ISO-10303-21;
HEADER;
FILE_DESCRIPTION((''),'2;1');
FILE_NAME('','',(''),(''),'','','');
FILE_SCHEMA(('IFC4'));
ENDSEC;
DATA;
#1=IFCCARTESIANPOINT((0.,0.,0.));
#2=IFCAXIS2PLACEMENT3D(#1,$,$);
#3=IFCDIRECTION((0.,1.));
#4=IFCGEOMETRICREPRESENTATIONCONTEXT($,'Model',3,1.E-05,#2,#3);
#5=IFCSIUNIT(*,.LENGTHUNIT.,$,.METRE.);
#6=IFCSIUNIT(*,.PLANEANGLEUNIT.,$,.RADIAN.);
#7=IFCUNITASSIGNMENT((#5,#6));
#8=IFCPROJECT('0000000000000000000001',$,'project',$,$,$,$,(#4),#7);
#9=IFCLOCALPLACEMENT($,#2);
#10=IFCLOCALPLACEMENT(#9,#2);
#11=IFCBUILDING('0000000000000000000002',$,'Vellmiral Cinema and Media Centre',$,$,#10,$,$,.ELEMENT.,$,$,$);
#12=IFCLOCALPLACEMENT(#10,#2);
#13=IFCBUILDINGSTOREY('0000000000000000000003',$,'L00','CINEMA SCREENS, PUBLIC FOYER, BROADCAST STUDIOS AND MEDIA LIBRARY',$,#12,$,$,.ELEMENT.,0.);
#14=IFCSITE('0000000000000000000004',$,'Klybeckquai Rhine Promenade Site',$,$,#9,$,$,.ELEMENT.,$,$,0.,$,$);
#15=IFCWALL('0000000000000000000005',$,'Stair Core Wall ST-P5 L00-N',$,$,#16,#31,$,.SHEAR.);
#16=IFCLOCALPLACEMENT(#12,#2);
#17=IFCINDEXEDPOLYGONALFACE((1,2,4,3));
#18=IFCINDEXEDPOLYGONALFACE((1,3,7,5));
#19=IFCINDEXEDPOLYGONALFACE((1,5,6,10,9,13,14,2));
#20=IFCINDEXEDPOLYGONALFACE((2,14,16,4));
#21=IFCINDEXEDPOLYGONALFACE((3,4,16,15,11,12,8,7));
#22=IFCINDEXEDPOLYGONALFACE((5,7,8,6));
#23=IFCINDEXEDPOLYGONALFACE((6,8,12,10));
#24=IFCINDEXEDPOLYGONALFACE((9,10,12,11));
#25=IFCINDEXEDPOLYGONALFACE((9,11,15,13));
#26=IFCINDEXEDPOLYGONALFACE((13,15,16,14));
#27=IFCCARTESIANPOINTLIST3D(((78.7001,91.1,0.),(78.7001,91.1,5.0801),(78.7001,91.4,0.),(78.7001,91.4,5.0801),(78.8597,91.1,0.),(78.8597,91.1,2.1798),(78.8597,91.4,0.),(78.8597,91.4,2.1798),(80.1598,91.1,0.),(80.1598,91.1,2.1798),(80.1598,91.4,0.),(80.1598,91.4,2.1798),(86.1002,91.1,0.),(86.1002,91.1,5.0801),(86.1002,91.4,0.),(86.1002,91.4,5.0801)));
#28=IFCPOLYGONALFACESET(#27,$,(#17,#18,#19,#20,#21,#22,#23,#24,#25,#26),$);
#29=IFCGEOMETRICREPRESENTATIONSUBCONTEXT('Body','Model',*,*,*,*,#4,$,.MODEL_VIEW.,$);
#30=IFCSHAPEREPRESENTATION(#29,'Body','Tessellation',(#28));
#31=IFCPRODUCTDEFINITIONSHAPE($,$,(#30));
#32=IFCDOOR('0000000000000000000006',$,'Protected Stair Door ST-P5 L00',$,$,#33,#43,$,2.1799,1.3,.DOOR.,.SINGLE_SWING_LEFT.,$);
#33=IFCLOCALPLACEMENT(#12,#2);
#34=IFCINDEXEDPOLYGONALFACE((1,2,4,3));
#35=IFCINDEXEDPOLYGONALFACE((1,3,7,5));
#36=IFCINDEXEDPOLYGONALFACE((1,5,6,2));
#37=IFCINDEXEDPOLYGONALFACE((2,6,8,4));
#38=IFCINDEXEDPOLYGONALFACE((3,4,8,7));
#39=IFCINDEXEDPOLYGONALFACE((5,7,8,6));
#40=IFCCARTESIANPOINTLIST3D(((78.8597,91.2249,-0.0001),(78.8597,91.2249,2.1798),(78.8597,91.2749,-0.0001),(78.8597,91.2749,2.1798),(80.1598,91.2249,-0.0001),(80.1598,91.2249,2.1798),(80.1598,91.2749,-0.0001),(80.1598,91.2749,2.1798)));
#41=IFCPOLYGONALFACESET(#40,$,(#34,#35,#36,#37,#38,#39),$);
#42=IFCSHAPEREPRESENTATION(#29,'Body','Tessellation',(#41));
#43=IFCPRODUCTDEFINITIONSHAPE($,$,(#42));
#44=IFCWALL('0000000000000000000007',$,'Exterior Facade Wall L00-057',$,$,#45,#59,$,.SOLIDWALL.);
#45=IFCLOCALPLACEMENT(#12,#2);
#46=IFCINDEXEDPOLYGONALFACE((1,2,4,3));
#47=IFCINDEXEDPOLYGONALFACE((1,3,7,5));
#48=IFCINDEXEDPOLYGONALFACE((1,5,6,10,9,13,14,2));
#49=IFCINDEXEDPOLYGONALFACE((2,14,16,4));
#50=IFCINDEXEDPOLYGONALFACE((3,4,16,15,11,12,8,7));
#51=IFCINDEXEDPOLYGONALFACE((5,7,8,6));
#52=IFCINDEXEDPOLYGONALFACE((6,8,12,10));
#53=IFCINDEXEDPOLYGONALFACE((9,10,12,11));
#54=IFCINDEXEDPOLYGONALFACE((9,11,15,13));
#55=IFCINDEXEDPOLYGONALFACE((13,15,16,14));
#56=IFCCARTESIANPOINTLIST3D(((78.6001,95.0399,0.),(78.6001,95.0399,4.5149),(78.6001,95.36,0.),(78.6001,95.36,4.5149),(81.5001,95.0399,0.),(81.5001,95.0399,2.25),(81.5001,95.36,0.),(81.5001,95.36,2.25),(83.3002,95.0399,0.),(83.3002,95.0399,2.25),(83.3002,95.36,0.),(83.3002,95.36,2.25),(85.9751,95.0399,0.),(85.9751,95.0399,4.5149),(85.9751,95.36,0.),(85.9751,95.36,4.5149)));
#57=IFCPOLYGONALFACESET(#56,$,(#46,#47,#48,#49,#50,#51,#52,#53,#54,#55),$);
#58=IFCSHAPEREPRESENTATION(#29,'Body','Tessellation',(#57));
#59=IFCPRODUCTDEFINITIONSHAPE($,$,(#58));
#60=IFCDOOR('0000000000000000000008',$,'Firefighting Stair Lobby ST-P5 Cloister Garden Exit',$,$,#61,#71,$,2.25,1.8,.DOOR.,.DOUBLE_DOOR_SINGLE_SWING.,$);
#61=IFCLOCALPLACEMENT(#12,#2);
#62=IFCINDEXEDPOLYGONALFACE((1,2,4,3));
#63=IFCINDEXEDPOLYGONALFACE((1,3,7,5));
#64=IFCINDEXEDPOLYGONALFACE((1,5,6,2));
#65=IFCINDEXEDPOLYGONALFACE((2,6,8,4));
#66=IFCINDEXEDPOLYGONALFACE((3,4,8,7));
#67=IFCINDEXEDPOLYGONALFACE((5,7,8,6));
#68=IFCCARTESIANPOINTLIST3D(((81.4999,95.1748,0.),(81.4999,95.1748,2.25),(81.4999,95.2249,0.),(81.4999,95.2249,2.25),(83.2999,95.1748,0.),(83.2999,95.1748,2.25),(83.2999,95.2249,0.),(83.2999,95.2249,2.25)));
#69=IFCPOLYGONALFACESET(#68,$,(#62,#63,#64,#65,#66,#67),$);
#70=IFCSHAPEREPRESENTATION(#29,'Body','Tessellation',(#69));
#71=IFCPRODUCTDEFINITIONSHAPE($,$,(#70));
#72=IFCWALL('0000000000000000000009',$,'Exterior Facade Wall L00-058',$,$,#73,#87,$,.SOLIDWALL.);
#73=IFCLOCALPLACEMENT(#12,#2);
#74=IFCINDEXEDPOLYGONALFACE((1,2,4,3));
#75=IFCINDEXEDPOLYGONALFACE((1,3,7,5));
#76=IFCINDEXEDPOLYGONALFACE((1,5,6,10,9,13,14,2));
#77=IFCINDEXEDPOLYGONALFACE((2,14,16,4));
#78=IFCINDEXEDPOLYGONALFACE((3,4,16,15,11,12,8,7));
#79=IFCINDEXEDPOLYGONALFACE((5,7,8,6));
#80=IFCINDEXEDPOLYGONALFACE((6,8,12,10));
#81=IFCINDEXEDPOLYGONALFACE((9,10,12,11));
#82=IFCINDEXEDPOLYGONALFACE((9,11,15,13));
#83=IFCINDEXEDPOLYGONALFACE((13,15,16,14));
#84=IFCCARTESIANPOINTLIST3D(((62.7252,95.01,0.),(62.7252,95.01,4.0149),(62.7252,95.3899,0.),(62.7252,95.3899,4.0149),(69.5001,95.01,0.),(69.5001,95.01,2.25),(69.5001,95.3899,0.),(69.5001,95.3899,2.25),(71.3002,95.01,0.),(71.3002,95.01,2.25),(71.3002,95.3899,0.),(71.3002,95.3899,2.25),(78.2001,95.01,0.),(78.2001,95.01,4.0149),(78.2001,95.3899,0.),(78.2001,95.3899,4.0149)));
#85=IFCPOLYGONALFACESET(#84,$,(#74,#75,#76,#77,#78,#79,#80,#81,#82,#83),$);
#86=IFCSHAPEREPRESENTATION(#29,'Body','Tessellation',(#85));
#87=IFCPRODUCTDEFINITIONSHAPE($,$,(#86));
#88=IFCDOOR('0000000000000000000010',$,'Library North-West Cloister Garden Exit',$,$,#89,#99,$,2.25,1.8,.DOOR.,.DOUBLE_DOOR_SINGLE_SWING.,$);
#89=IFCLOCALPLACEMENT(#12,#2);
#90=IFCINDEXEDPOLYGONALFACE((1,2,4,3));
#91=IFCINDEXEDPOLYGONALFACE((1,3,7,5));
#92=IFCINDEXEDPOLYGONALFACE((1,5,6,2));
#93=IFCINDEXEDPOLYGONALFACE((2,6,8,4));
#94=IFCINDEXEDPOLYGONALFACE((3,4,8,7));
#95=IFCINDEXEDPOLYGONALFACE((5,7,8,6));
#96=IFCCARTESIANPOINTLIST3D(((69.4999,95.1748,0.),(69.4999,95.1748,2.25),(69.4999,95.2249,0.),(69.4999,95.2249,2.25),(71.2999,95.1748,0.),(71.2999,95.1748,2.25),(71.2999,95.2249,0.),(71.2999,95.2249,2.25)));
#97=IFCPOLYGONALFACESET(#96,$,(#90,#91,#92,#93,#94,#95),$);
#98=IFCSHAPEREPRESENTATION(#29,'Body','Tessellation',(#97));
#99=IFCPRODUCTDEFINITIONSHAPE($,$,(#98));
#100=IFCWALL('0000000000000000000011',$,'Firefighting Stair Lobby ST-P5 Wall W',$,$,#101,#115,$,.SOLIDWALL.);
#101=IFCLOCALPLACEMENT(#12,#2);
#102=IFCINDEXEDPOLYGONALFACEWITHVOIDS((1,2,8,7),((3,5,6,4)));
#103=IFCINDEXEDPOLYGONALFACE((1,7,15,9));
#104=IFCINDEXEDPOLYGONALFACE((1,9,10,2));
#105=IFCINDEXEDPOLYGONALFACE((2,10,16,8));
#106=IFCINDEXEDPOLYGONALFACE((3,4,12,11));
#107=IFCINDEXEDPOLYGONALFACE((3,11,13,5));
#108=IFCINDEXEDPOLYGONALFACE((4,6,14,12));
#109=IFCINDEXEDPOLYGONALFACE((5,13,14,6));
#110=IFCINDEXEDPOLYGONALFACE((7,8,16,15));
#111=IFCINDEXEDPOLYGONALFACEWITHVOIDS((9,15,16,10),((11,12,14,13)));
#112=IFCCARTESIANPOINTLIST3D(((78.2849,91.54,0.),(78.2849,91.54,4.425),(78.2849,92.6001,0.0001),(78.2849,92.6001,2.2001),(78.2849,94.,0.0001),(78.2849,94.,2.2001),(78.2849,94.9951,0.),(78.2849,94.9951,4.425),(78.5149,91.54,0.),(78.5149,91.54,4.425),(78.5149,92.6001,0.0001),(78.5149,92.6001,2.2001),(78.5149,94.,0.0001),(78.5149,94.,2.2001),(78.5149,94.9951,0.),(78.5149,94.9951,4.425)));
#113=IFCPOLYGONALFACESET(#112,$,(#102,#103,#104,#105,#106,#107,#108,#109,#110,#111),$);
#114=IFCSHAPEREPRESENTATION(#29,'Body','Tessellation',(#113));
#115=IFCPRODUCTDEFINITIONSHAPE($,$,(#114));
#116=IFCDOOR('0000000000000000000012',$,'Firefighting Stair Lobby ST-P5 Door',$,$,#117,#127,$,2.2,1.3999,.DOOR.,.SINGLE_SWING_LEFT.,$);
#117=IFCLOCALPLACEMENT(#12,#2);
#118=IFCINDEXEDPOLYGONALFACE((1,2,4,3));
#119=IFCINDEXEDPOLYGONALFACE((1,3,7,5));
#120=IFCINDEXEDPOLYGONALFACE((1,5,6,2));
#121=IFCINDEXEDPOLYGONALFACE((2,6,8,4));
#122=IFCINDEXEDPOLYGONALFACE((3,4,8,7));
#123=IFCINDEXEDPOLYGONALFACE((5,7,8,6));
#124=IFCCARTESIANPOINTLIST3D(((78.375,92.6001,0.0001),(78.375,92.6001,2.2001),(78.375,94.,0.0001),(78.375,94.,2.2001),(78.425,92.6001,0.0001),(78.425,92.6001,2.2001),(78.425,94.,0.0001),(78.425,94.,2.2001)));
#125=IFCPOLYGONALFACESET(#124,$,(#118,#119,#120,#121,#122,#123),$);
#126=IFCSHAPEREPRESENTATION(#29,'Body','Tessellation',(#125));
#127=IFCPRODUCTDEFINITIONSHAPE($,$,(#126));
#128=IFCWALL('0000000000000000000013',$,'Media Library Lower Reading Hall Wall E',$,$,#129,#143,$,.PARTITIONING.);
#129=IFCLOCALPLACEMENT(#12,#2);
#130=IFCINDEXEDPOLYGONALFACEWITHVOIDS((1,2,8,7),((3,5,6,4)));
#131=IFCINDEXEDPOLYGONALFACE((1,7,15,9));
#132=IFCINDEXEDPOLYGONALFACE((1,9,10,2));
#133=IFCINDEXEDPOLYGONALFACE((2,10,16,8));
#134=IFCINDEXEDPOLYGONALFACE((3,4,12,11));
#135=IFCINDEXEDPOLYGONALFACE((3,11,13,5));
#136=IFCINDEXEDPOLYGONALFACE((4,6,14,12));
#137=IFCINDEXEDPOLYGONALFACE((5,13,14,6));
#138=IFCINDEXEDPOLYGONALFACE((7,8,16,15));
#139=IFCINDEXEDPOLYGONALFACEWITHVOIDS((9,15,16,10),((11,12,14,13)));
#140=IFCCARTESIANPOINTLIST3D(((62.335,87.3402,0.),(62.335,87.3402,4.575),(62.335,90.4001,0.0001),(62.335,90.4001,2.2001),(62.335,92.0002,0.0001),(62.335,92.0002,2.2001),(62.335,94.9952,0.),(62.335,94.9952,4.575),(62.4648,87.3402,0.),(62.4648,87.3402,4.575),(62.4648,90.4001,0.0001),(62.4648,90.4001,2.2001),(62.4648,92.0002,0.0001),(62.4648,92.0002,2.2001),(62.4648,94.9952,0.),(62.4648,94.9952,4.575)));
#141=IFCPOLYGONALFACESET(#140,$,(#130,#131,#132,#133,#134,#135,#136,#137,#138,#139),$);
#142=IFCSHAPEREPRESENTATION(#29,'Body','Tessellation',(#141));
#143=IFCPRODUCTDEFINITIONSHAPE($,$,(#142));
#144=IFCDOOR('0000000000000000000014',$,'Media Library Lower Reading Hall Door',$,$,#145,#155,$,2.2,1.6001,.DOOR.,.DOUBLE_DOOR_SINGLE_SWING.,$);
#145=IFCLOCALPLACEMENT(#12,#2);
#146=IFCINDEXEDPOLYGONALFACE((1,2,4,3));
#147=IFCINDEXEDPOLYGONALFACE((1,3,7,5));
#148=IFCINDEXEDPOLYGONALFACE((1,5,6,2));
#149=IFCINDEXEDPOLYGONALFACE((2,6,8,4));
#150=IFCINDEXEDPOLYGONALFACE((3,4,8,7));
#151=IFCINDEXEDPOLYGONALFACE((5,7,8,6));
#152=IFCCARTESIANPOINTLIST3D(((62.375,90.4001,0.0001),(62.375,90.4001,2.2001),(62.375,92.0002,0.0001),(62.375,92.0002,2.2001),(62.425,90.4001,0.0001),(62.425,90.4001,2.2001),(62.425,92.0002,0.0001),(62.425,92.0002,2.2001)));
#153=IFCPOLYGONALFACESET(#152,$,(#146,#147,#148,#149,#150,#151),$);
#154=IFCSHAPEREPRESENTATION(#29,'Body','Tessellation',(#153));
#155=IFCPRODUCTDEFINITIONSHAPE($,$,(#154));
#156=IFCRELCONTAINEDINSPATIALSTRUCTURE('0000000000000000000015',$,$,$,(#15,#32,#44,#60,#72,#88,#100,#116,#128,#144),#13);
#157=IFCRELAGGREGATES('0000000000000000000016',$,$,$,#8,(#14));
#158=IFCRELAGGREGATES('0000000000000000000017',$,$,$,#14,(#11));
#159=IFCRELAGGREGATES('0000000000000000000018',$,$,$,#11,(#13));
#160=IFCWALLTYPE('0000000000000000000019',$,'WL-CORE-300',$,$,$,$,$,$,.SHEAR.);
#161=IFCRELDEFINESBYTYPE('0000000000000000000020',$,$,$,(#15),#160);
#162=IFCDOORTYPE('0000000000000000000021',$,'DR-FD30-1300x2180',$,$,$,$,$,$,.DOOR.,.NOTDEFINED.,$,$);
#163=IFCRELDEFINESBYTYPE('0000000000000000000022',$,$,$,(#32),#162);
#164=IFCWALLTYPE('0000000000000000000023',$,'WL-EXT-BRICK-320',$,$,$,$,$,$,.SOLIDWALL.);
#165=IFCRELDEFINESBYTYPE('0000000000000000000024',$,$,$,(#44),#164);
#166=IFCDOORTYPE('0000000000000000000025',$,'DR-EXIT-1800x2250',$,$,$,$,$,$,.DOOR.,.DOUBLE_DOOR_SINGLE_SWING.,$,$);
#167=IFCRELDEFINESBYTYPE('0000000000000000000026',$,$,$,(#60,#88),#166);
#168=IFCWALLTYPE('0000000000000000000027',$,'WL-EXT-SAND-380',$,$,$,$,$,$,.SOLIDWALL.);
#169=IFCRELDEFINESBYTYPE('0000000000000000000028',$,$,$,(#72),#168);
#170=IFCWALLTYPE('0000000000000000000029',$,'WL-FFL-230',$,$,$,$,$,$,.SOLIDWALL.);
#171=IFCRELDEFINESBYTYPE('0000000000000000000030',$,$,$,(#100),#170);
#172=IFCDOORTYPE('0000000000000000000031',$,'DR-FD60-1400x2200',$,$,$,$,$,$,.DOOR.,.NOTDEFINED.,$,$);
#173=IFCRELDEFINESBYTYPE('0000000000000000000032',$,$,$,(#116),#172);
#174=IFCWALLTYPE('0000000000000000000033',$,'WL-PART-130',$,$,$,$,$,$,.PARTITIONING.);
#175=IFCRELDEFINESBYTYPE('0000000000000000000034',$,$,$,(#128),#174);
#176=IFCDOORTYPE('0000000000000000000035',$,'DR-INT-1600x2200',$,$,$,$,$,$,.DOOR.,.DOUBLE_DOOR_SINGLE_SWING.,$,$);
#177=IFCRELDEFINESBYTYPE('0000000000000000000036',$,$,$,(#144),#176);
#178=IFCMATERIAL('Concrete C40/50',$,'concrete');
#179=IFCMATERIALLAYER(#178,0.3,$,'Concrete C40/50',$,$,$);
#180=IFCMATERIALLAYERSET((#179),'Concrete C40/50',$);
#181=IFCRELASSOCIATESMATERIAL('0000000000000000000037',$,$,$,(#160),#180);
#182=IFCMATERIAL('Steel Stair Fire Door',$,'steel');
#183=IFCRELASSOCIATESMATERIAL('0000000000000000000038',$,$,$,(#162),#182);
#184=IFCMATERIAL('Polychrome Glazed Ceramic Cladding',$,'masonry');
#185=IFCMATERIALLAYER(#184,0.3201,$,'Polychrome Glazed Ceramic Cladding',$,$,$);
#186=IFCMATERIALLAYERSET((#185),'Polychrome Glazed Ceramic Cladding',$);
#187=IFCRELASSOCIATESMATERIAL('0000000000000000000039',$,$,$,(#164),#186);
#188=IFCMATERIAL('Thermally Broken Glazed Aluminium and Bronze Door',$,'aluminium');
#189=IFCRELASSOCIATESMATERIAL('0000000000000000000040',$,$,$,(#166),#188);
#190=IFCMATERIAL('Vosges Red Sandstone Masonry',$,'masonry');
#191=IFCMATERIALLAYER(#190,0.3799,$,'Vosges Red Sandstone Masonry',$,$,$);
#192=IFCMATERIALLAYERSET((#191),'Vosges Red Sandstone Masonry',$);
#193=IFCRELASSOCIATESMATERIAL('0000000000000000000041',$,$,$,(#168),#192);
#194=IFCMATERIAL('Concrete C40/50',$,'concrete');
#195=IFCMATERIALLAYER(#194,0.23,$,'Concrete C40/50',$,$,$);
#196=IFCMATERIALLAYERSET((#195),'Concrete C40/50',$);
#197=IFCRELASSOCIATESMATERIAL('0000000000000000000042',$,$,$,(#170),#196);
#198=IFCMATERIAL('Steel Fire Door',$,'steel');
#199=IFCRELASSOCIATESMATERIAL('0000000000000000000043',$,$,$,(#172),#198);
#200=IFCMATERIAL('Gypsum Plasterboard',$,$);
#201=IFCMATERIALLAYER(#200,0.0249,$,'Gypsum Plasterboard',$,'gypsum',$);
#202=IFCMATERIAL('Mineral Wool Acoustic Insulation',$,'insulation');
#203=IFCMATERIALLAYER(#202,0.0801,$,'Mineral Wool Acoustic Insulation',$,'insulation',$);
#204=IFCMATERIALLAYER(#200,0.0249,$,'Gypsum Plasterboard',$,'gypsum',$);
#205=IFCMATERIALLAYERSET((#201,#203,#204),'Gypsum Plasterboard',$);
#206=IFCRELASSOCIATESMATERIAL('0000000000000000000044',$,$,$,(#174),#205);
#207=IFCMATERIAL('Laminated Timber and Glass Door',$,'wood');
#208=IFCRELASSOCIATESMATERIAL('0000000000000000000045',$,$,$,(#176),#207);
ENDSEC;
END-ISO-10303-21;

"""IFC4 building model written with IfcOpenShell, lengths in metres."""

from ifc_helpers import new_model, si_unit, direction, frame, frame_2d, origin, place, context, subcontext, project, spatial, rectangle, extrude, material, layer, layer_set, type_object, element, fill, save


model = new_model("IFC4")

# Units and contexts
model_context = context("Model", 3, precision=1e-05, world=origin(), true_north=direction((0.0, 1.0)))
body_context = subcontext(model_context, "Body", "Model", "MODEL_VIEW")
ifc_project = project(units=[si_unit("LENGTHUNIT", "METRE"), si_unit("PLANEANGLEUNIT", "RADIAN")], contexts=[model_context])

# Site, building, storey
site_placement = place(None, origin())
site = spatial("IfcSite", under=ifc_project, at=site_placement, Name="Klybeckquai Rhine Promenade Site", CompositionType="ELEMENT", RefElevation=0.0)
building_placement = place(site_placement, origin())
building = spatial("IfcBuilding", under=site, at=building_placement, Name="Vellmiral Cinema and Media Centre", CompositionType="ELEMENT")
storey_placement = place(building_placement, origin())
storey = spatial("IfcBuildingStorey", under=building, at=storey_placement, Name="L00", Description="CINEMA SCREENS, PUBLIC FOYER, BROADCAST STUDIOS AND MEDIA LIBRARY", CompositionType="ELEMENT", Elevation=0.0)

# Shared definitions
ifc_material_1 = material(Name="Concrete C40/50", Category="concrete")
ifc_layer_1 = layer(ifc_material_1, 0.3, Name="Concrete C40/50")
ifc_layer_set_1 = layer_set([ifc_layer_1], Name="Concrete C40/50")
wall_type_1 = type_object("IfcWallType", Name="WL-CORE-300", PredefinedType="SHEAR", material=ifc_layer_set_1)

# Walls, openings, doors
wall_1_placement = place(storey_placement, frame((78.7, 91.25, 0.0), z_axis=(0.0, 0.0, 1.0), x_axis=(1.0, 0.0, 0.0)))
wall_1 = element("IfcWall", 1, at=wall_1_placement, inside=storey, type_object=wall_type_1, Name="Stair Core Wall ST-P5 L00-N", PredefinedType="SHEAR", context=body_context, shape_type="SweptSolid", body=[
    extrude(rectangle(XDim=7.4001, YDim=0.3, at=frame_2d((3.7002, 0.0))), origin(), (0.0, 0.0, 1.0), 5.0801),
])
opening_1_placement = place(wall_1_placement, frame((0.1599, 0.0, 0.0)))
opening_1 = element("IfcOpeningElement", 2, at=opening_1_placement, cuts=wall_1, PredefinedType="OPENING", context=body_context, shape_type="SweptSolid", body=[
    extrude(rectangle(XDim=1.3, YDim=2.1799, at=frame_2d((0.6499, 1.0898))), frame((0.0, 0.1621, 0.0), z_axis=(0.0, -1.0, 0.0), x_axis=(1.0, 0.0, 0.0)), (0.0, 0.0, 1.0), 0.324),
])
ifc_material_2 = material(Name="Steel Stair Fire Door", Category="steel")
door_type_1 = type_object("IfcDoorType", Name="DR-FD30-1300x2180", OperationType="NOTDEFINED", PredefinedType="DOOR", material=ifc_material_2)
door_1_placement = place(opening_1_placement, origin())
door_1 = element("IfcDoor", 3, at=door_1_placement, inside=storey, type_object=door_type_1, Name="Protected Stair Door ST-P5 L00", OperationType="SINGLE_SWING_LEFT", OverallHeight=2.1799, OverallWidth=1.3, PredefinedType="DOOR", context=body_context, shape_type="SweptSolid", body=[
    extrude(rectangle(XDim=1.3, YDim=2.1799, at=frame_2d((0.6499, 1.0898))), frame((0.0, 0.0249, 0.0), z_axis=(0.0, -1.0, 0.0), x_axis=(1.0, 0.0, 0.0)), (0.0, 0.0, 1.0), 0.05),
])
fill(opening_1, door_1)
ifc_material_3 = material(Name="Polychrome Glazed Ceramic Cladding", Category="masonry")
ifc_layer_2 = layer(ifc_material_3, 0.3201, Name="Polychrome Glazed Ceramic Cladding")
ifc_layer_set_2 = layer_set([ifc_layer_2], Name="Polychrome Glazed Ceramic Cladding")
wall_type_2 = type_object("IfcWallType", Name="WL-EXT-BRICK-320", PredefinedType="SOLIDWALL", material=ifc_layer_set_2)
wall_2_placement = place(storey_placement, frame((85.9751, 95.2, 0.0), z_axis=(0.0, 0.0, 1.0), x_axis=(-1.0, 0.0, 0.0)))
wall_2 = element("IfcWall", 4, at=wall_2_placement, inside=storey, type_object=wall_type_2, Name="Exterior Facade Wall L00-057", PredefinedType="SOLIDWALL", context=body_context, shape_type="SweptSolid", body=[
    extrude(rectangle(XDim=7.375, YDim=0.3201, at=frame_2d((3.6875, 0.0))), origin(), (0.0, 0.0, 1.0), 4.5149),
])
opening_2_placement = place(wall_2_placement, frame((2.675, 0.0, 0.0)))
opening_2 = element("IfcOpeningElement", 5, at=opening_2_placement, cuts=wall_2, PredefinedType="OPENING", context=body_context, shape_type="SweptSolid", body=[
    extrude(rectangle(XDim=1.8, YDim=2.25, at=frame_2d((0.8999, 1.125))), frame((0.0, 0.1719, 0.0), z_axis=(0.0, -1.0, 0.0), x_axis=(1.0, 0.0, 0.0)), (0.0, 0.0, 1.0), 0.344),
])
ifc_material_4 = material(Name="Thermally Broken Glazed Aluminium and Bronze Door", Category="aluminium")
door_type_2 = type_object("IfcDoorType", Name="DR-EXIT-1800x2250", OperationType="DOUBLE_DOOR_SINGLE_SWING", PredefinedType="DOOR", material=ifc_material_4)
door_2_placement = place(opening_2_placement, frame((1.8, 0.0, 0.0), z_axis=(0.0, 0.0, 1.0), x_axis=(-1.0, 0.0, 0.0)))
door_2 = element("IfcDoor", 6, at=door_2_placement, inside=storey, type_object=door_type_2, Name="Firefighting Stair Lobby ST-P5 Cloister Garden Exit", OperationType="DOUBLE_DOOR_SINGLE_SWING", OverallHeight=2.25, OverallWidth=1.8, PredefinedType="DOOR", context=body_context, shape_type="SweptSolid", body=[
    extrude(rectangle(XDim=1.8, YDim=2.25, at=frame_2d((0.8999, 1.125))), frame((0.0, 0.0249, 0.0), z_axis=(0.0, -1.0, 0.0), x_axis=(1.0, 0.0, 0.0)), (0.0, 0.0, 1.0), 0.05),
])
fill(opening_2, door_2)
ifc_material_5 = material(Name="Vosges Red Sandstone Masonry", Category="masonry")
ifc_layer_3 = layer(ifc_material_5, 0.3799, Name="Vosges Red Sandstone Masonry")
ifc_layer_set_3 = layer_set([ifc_layer_3], Name="Vosges Red Sandstone Masonry")
wall_type_3 = type_object("IfcWallType", Name="WL-EXT-SAND-380", PredefinedType="SOLIDWALL", material=ifc_layer_set_3)
wall_3_placement = place(storey_placement, frame((78.2, 95.2, 0.0), z_axis=(0.0, 0.0, 1.0), x_axis=(-1.0, 0.0, 0.0)))
wall_3 = element("IfcWall", 7, at=wall_3_placement, inside=storey, type_object=wall_type_3, Name="Exterior Facade Wall L00-058", PredefinedType="SOLIDWALL", context=body_context, shape_type="SweptSolid", body=[
    extrude(rectangle(XDim=15.4749, YDim=0.3799, at=frame_2d((7.7373, 0.0))), origin(), (0.0, 0.0, 1.0), 4.0149),
])
opening_3_placement = place(wall_3_placement, frame((6.8999, 0.0, 0.0)))
opening_3 = element("IfcOpeningElement", 8, at=opening_3_placement, cuts=wall_3, PredefinedType="OPENING", context=body_context, shape_type="SweptSolid", body=[
    extrude(rectangle(XDim=1.8, YDim=2.25, at=frame_2d((0.8999, 1.125))), frame((0.0, 0.2019, 0.0), z_axis=(0.0, -1.0, 0.0), x_axis=(1.0, 0.0, 0.0)), (0.0, 0.0, 1.0), 0.4038),
])
door_3_placement = place(opening_3_placement, frame((1.8, 0.0, 0.0), z_axis=(0.0, 0.0, 1.0), x_axis=(-1.0, 0.0, 0.0)))
door_3 = element("IfcDoor", 9, at=door_3_placement, inside=storey, type_object=door_type_2, Name="Library North-West Cloister Garden Exit", OperationType="DOUBLE_DOOR_SINGLE_SWING", OverallHeight=2.25, OverallWidth=1.8, PredefinedType="DOOR", context=body_context, shape_type="SweptSolid", body=[
    extrude(rectangle(XDim=1.8, YDim=2.25, at=frame_2d((0.8999, 1.125))), frame((0.0, 0.0249, 0.0), z_axis=(0.0, -1.0, 0.0), x_axis=(1.0, 0.0, 0.0)), (0.0, 0.0, 1.0), 0.05),
])
fill(opening_3, door_3)
ifc_material_6 = material(Name="Concrete C40/50", Category="concrete")
ifc_layer_4 = layer(ifc_material_6, 0.23, Name="Concrete C40/50")
ifc_layer_set_4 = layer_set([ifc_layer_4], Name="Concrete C40/50")
wall_type_4 = type_object("IfcWallType", Name="WL-FFL-230", PredefinedType="SOLIDWALL", material=ifc_layer_set_4)
wall_4_placement = place(storey_placement, frame((78.3999, 91.54, 0.0), z_axis=(0.0, 0.0, 1.0), x_axis=(0.0, 1.0, 0.0)))
wall_4 = element("IfcWall", 10, at=wall_4_placement, inside=storey, type_object=wall_type_4, Name="Firefighting Stair Lobby ST-P5 Wall W", PredefinedType="SOLIDWALL", context=body_context, shape_type="SweptSolid", body=[
    extrude(rectangle(XDim=3.4551, YDim=0.23, at=frame_2d((1.7275, 0.0))), origin(), (0.0, 0.0, 1.0), 4.425),
])
opening_4_placement = place(wall_4_placement, frame((1.0601, 0.0, 0.0)))
opening_4 = element("IfcOpeningElement", 11, at=opening_4_placement, cuts=wall_4, PredefinedType="OPENING", context=body_context, shape_type="SweptSolid", body=[
    extrude(rectangle(XDim=1.3999, YDim=2.2, at=frame_2d((0.7, 1.1001))), frame((0.0, 0.127, 0.0), z_axis=(0.0, -1.0, 0.0), x_axis=(1.0, 0.0, 0.0)), (0.0, 0.0, 1.0), 0.2539),
])
ifc_material_7 = material(Name="Steel Fire Door", Category="steel")
door_type_3 = type_object("IfcDoorType", Name="DR-FD60-1400x2200", OperationType="NOTDEFINED", PredefinedType="DOOR", material=ifc_material_7)
door_4_placement = place(opening_4_placement, origin())
door_4 = element("IfcDoor", 12, at=door_4_placement, inside=storey, type_object=door_type_3, Name="Firefighting Stair Lobby ST-P5 Door", OperationType="SINGLE_SWING_LEFT", OverallHeight=2.2, OverallWidth=1.3999, PredefinedType="DOOR", context=body_context, shape_type="SweptSolid", body=[
    extrude(rectangle(XDim=1.3999, YDim=2.2, at=frame_2d((0.7, 1.1001))), frame((0.0, 0.0249, 0.0), z_axis=(0.0, -1.0, 0.0), x_axis=(1.0, 0.0, 0.0)), (0.0, 0.0, 1.0), 0.05),
])
fill(opening_4, door_4)
ifc_material_8 = material(Name="Gypsum Plasterboard")
ifc_layer_5 = layer(ifc_material_8, 0.0249, Name="Gypsum Plasterboard", Category="gypsum")
ifc_material_9 = material(Name="Mineral Wool Acoustic Insulation", Category="insulation")
ifc_layer_6 = layer(ifc_material_9, 0.0801, Name="Mineral Wool Acoustic Insulation", Category="insulation")
ifc_layer_7 = layer(ifc_material_8, 0.0249, Name="Gypsum Plasterboard", Category="gypsum")
ifc_layer_set_5 = layer_set([ifc_layer_5, ifc_layer_6, ifc_layer_7], Name="Gypsum Plasterboard")
wall_type_5 = type_object("IfcWallType", Name="WL-PART-130", PredefinedType="PARTITIONING", material=ifc_layer_set_5)
wall_5_placement = place(storey_placement, frame((62.3999, 87.3401, 0.0), z_axis=(0.0, 0.0, 1.0), x_axis=(0.0, 1.0, 0.0)))
wall_5 = element("IfcWall", 13, at=wall_5_placement, inside=storey, type_object=wall_type_5, Name="Media Library Lower Reading Hall Wall E", PredefinedType="PARTITIONING", context=body_context, shape_type="SweptSolid", body=[
    extrude(rectangle(XDim=7.655, YDim=0.1299, at=frame_2d((3.8276, 0.0))), origin(), (0.0, 0.0, 1.0), 4.575),
])
opening_5_placement = place(wall_5_placement, frame((3.0601, 0.0, 0.0)))
opening_5 = element("IfcOpeningElement", 14, at=opening_5_placement, cuts=wall_5, PredefinedType="OPENING", context=body_context, shape_type="SweptSolid", body=[
    extrude(rectangle(XDim=1.6001, YDim=2.2, at=frame_2d((0.8, 1.1001))), frame((0.0, 0.0769, 0.0), z_axis=(0.0, -1.0, 0.0), x_axis=(1.0, 0.0, 0.0)), (0.0, 0.0, 1.0), 0.1538),
])
ifc_material_10 = material(Name="Laminated Timber and Glass Door", Category="wood")
door_type_4 = type_object("IfcDoorType", Name="DR-INT-1600x2200", OperationType="DOUBLE_DOOR_SINGLE_SWING", PredefinedType="DOOR", material=ifc_material_10)
door_5_placement = place(opening_5_placement, origin())
door_5 = element("IfcDoor", 15, at=door_5_placement, inside=storey, type_object=door_type_4, Name="Media Library Lower Reading Hall Door", OperationType="DOUBLE_DOOR_SINGLE_SWING", OverallHeight=2.2, OverallWidth=1.6001, PredefinedType="DOOR", context=body_context, shape_type="SweptSolid", body=[
    extrude(rectangle(XDim=1.6001, YDim=2.2, at=frame_2d((0.8, 1.1001))), frame((0.0, 0.0249, 0.0), z_axis=(0.0, -1.0, 0.0), x_axis=(1.0, 0.0, 0.0)), (0.0, 0.0, 1.0), 0.05),
])
fill(opening_5, door_5)

save(model, "model.ifc")
